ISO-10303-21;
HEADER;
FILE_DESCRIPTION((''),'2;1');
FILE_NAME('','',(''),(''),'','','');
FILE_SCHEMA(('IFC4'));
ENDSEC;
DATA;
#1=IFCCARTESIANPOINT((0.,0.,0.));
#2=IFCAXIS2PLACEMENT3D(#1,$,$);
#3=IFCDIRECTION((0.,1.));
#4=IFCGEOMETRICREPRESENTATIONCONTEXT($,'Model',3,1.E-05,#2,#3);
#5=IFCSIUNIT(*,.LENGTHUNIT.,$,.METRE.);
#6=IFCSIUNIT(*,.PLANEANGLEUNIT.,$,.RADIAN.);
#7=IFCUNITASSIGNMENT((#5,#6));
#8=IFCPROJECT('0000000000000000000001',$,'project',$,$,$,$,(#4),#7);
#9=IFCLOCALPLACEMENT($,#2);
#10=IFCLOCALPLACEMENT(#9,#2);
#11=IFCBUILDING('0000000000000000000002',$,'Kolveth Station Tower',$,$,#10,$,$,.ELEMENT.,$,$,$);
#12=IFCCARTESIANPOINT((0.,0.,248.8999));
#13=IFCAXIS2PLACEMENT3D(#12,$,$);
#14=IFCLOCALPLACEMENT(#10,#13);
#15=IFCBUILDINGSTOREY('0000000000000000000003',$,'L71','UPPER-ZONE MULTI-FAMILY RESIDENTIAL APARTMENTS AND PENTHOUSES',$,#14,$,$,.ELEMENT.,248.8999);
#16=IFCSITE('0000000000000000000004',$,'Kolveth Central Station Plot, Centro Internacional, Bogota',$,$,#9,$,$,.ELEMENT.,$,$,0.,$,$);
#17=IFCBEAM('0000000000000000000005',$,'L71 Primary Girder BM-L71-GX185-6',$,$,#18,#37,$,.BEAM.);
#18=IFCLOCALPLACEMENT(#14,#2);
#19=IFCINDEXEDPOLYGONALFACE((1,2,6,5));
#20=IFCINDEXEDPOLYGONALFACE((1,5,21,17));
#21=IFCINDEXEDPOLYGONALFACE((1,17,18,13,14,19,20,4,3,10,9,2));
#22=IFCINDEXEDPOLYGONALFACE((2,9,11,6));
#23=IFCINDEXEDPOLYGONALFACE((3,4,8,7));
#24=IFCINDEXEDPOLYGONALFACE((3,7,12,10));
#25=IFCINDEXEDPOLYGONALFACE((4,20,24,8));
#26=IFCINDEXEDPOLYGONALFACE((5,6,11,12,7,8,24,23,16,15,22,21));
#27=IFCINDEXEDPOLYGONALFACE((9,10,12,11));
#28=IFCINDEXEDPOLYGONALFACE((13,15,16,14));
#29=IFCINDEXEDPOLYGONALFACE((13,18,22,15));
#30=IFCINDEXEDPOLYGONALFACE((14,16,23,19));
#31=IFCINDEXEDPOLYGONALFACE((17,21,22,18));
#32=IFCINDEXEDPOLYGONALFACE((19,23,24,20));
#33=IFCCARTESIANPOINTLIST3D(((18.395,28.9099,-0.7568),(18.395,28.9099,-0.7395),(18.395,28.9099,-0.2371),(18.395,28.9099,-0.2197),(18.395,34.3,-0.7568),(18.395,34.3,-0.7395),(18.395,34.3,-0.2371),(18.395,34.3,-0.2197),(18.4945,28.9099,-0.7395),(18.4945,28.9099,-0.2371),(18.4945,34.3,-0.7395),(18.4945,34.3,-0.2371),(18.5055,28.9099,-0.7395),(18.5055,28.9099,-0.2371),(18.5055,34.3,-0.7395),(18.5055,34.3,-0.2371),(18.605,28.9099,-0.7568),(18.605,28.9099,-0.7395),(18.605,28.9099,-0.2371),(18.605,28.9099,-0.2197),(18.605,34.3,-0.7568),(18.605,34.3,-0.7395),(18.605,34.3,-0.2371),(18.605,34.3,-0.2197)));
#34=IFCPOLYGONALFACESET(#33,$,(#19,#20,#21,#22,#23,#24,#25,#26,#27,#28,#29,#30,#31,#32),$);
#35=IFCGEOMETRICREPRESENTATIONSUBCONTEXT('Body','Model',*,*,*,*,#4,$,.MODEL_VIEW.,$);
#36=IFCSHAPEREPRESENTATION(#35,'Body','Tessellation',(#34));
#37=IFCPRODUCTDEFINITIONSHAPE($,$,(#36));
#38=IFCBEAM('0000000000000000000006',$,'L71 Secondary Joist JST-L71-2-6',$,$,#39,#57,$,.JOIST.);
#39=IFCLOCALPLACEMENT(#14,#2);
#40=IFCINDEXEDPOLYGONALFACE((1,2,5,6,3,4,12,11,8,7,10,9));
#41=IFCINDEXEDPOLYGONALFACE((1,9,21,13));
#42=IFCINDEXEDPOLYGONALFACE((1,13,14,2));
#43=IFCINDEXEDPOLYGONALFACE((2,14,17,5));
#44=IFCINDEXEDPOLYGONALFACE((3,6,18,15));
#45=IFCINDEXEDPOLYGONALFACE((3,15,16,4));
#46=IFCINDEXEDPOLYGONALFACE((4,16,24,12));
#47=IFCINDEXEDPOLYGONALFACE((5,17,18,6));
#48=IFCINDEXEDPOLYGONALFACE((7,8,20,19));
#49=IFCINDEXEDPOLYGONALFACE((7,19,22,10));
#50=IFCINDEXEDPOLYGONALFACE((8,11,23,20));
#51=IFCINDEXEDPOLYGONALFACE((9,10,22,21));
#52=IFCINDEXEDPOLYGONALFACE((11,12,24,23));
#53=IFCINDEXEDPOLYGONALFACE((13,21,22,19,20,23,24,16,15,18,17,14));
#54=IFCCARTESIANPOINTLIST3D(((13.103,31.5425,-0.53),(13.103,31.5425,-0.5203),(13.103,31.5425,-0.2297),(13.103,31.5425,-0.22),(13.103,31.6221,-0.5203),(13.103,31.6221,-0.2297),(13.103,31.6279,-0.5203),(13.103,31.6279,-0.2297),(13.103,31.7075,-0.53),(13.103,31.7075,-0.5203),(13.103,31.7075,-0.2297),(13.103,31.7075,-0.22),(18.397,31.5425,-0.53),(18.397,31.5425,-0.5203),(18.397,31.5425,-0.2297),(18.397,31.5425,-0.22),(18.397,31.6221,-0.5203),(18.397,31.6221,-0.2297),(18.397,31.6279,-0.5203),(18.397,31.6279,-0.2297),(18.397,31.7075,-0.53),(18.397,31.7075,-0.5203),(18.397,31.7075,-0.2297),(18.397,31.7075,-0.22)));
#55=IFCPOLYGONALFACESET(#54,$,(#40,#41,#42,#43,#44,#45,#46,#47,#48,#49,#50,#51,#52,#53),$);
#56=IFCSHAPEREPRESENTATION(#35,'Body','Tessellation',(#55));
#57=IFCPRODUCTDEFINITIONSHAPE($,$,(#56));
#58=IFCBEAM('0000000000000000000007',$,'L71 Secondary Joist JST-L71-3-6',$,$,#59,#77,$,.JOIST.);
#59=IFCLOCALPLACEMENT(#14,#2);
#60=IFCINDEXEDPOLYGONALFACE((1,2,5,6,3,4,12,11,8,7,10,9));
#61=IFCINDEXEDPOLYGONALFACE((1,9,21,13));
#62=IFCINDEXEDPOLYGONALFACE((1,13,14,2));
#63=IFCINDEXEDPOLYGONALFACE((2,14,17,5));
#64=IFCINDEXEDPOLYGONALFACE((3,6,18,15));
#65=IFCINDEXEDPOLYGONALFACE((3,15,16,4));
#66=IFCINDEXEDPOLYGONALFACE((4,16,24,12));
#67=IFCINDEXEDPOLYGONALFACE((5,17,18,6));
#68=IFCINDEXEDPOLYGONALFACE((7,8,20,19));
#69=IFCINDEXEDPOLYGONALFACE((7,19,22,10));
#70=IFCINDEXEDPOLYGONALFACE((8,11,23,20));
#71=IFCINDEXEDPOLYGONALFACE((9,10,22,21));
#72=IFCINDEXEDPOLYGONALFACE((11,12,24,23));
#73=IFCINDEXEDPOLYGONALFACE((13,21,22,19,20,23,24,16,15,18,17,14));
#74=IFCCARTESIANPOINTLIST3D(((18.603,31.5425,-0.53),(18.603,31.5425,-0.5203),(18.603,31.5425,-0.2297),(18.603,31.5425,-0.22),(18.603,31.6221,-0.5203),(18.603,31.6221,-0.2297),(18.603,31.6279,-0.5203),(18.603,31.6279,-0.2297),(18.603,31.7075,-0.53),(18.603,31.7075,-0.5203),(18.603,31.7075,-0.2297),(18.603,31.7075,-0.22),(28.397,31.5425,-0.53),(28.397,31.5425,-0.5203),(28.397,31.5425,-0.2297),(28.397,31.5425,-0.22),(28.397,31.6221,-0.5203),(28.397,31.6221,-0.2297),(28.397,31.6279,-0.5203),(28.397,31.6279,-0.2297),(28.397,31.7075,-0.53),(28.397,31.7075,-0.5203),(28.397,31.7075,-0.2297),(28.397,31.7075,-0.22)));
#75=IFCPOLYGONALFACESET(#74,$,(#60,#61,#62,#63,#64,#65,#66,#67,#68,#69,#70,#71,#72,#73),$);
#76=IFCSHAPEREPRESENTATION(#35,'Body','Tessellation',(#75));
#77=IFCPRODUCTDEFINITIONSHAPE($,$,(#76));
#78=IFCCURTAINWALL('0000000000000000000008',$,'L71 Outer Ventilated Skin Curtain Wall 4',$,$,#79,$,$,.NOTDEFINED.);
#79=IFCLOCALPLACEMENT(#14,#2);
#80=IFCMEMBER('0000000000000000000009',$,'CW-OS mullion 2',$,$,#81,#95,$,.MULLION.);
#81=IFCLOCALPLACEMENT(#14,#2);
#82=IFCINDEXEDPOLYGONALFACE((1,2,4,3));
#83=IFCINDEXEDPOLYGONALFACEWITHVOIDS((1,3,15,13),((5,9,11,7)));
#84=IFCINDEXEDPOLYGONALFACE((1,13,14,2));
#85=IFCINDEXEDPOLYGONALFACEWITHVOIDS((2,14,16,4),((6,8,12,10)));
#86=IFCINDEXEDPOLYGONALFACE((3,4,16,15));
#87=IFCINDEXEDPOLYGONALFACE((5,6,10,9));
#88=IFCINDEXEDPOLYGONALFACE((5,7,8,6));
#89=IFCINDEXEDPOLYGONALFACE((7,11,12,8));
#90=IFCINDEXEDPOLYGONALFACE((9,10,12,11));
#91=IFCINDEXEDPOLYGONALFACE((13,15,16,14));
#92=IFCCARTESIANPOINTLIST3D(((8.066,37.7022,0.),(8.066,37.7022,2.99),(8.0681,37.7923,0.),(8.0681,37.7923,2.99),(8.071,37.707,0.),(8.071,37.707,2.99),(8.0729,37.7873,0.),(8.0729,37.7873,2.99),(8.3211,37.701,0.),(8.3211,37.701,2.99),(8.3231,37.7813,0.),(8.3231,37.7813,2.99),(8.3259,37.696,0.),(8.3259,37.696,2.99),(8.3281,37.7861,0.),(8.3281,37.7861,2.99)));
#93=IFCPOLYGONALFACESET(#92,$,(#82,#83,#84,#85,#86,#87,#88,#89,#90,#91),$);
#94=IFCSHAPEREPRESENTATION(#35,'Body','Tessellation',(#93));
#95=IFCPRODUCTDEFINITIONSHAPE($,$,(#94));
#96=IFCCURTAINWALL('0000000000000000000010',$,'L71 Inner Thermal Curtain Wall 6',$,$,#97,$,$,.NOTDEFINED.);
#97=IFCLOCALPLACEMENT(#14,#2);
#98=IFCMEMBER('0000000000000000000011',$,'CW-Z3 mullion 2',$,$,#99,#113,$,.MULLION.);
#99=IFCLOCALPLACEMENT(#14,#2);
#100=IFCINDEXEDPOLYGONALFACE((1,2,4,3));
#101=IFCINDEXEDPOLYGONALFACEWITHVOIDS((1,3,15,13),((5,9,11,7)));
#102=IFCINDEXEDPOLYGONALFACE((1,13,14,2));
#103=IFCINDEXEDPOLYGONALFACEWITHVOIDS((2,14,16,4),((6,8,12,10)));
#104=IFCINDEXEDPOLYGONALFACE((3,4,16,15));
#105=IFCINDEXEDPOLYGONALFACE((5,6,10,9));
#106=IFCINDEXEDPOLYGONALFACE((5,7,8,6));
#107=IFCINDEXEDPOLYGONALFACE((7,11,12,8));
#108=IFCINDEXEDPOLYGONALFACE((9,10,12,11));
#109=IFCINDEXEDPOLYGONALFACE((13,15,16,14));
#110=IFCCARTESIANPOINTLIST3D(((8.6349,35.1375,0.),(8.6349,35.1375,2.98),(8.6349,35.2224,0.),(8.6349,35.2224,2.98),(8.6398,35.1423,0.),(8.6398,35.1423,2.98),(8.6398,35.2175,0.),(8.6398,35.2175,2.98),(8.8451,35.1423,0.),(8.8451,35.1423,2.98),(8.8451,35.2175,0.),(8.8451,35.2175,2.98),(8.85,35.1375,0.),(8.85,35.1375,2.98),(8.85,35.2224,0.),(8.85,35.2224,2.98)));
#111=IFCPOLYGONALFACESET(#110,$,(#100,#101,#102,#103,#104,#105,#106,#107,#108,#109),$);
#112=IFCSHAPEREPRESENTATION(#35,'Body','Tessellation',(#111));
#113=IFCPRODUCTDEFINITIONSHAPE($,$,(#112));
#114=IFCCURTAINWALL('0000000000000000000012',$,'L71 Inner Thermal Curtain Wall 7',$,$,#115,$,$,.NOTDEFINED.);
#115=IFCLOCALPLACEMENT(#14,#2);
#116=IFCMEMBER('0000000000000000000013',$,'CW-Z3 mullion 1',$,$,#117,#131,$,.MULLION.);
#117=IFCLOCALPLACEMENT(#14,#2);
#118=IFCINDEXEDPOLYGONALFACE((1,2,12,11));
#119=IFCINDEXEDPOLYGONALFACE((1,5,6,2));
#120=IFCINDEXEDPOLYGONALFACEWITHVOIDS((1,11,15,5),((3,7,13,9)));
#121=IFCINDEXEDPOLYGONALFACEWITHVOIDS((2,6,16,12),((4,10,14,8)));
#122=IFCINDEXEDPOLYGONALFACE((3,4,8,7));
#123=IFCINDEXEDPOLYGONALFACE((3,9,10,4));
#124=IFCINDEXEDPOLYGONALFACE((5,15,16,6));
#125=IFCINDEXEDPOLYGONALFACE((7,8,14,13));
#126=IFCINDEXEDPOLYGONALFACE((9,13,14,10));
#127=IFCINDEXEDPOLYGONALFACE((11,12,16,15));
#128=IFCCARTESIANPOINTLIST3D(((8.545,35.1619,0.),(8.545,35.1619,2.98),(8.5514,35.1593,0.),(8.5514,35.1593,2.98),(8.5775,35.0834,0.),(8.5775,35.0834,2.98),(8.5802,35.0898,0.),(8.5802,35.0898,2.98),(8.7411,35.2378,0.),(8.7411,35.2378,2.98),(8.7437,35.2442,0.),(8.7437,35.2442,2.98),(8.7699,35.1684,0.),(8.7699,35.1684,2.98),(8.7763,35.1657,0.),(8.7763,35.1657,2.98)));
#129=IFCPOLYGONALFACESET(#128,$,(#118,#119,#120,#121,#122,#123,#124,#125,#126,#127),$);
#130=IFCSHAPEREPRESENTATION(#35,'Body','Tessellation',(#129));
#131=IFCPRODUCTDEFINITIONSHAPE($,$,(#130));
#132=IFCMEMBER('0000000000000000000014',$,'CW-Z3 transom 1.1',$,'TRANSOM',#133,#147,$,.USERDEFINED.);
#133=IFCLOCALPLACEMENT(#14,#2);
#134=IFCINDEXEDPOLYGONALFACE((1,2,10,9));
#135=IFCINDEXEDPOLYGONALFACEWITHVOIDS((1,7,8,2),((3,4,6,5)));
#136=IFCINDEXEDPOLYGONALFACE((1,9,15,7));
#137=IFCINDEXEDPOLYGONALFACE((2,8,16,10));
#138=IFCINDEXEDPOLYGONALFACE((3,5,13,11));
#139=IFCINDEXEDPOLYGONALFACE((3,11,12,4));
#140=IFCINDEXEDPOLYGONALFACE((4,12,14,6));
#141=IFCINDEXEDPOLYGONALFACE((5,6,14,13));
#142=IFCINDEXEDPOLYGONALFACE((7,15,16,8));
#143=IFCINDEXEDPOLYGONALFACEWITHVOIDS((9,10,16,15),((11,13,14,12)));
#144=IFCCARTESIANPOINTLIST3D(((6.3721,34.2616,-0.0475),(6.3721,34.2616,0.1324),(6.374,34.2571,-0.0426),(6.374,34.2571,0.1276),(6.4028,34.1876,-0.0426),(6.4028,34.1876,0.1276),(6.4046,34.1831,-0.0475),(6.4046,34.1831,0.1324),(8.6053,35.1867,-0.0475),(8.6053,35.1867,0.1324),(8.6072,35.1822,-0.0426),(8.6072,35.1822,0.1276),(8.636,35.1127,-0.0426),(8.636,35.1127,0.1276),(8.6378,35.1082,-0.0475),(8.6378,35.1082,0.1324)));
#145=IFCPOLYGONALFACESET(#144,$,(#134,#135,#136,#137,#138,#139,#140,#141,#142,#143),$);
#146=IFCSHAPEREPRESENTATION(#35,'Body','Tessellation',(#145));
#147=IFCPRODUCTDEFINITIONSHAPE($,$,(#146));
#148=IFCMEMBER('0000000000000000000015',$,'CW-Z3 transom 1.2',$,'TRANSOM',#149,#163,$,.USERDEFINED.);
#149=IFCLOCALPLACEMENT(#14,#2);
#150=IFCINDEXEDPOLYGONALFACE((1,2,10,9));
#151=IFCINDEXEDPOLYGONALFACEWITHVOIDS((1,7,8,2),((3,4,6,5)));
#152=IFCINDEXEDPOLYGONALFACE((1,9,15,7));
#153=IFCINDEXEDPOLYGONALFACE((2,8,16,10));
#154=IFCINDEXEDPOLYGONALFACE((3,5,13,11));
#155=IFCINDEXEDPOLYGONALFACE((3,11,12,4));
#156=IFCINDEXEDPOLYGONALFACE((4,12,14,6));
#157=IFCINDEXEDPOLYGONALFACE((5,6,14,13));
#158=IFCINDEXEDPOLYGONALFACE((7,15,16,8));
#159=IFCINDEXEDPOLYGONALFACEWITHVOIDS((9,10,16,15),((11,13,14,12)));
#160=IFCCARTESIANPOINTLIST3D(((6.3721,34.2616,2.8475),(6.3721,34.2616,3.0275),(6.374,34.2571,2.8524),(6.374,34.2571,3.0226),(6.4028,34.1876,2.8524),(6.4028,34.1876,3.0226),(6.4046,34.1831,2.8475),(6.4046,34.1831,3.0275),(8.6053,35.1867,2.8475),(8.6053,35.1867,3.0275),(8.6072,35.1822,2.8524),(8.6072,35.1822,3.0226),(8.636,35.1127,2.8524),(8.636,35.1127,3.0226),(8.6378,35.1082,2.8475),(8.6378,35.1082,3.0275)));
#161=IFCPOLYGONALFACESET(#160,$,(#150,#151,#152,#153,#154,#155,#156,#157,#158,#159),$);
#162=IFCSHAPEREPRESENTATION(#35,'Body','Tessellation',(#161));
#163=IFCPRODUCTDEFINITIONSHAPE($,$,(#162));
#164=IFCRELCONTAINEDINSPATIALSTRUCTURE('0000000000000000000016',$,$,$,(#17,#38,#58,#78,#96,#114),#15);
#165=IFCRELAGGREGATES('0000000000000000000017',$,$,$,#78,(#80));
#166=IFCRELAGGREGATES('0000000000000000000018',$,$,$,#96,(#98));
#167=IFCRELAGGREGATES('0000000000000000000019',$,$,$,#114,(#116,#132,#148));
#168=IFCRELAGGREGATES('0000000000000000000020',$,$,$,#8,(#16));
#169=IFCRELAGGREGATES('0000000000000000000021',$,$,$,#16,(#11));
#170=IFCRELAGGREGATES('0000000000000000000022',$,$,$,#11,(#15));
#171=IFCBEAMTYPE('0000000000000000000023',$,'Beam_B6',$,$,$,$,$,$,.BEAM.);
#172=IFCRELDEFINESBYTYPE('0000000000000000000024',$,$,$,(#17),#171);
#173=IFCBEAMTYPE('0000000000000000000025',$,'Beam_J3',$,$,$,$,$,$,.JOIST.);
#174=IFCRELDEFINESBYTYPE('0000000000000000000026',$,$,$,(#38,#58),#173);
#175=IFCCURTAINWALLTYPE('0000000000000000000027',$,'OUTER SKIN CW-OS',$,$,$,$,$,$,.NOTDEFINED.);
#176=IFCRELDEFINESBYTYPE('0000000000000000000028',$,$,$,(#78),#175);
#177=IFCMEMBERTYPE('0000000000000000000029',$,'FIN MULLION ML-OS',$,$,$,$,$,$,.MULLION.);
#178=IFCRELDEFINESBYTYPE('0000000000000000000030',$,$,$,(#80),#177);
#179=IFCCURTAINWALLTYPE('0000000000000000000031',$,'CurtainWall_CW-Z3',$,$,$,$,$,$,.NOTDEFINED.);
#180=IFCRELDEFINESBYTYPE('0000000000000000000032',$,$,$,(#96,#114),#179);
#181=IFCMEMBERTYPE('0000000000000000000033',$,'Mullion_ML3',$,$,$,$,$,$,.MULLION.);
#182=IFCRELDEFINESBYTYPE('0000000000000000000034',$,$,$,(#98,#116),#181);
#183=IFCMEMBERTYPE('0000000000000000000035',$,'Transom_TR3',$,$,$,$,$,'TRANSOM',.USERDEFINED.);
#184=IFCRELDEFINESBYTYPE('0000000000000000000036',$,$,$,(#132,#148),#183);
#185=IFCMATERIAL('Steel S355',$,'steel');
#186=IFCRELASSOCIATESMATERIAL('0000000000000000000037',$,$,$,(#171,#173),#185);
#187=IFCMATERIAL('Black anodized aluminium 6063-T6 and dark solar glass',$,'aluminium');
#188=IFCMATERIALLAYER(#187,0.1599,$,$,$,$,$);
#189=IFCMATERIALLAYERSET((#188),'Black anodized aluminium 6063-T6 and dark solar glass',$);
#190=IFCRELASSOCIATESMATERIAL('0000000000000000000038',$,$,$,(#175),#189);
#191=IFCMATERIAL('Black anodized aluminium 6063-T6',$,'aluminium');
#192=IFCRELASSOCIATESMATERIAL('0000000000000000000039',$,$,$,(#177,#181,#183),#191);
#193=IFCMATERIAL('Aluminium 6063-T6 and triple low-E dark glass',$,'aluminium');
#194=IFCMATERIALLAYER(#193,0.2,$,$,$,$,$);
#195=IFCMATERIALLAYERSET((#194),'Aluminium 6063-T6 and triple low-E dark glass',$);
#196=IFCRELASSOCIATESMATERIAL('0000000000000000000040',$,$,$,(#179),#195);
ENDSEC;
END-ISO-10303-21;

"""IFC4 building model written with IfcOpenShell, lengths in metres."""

from ifc_helpers import new_model, si_unit, direction, frame, origin, origin_2d, place, context, subcontext, project, spatial, hollow_rectangle, i_section, extrude, source, transform, mapped, material, layer, layer_set, material_profile, profile_set, type_object, element, aggregate, save


model = new_model("IFC4")

# Units and contexts
model_context = context("Model", 3, precision=1e-05, world=origin(), true_north=direction((0.0, 1.0)))
body_context = subcontext(model_context, "Body", "Model", "MODEL_VIEW")
ifc_project = project(units=[si_unit("LENGTHUNIT", "METRE"), si_unit("PLANEANGLEUNIT", "RADIAN")], contexts=[model_context])

# Site, building, storey
site_placement = place(None, origin())
site = spatial("IfcSite", under=ifc_project, at=site_placement, Name="Kolveth Central Station Plot, Centro Internacional, Bogota", CompositionType="ELEMENT", RefElevation=0.0)
building_placement = place(site_placement, origin())
building = spatial("IfcBuilding", under=site, at=building_placement, Name="Kolveth Station Tower", CompositionType="ELEMENT")
storey_placement = place(building_placement, frame((0.0, 0.0, 248.8999)))
storey = spatial("IfcBuildingStorey", under=building, at=storey_placement, Name="L71", Description="UPPER-ZONE MULTI-FAMILY RESIDENTIAL APARTMENTS AND PENTHOUSES", CompositionType="ELEMENT", Elevation=248.8999)

# Shared definitions
ifc_material_1 = material(Name="Steel S355", Category="steel")

# Beams
ifc_material_profile_1 = material_profile(ifc_material_1, i_section(OverallWidth=0.21, OverallDepth=0.5371, WebThickness=0.011, FlangeThickness=0.0173, at=origin_2d()), Name="W530x101")
ifc_profile_set_1 = profile_set([ifc_material_profile_1], Name="Steel S355")
beam_type_1 = type_object("IfcBeamType", Name="Beam_B6", PredefinedType="BEAM", material=ifc_profile_set_1)
shared_shape_1 = source(origin(), body_context, "Body", "SweptSolid", [
    extrude(i_section(OverallWidth=0.21, OverallDepth=0.5371, WebThickness=0.011, FlangeThickness=0.0173, at=origin_2d()), origin(), (0.0, 0.0, 1.0), 5.3901),
])
beam_1_placement = place(storey_placement, frame((18.5, 28.9099, -0.4883), z_axis=(0.0, 1.0, 0.0), x_axis=(-1.0, 0.0, 0.0)))
element("IfcBeam", 1, at=beam_1_placement, inside=storey, type_object=beam_type_1, Name="L71 Primary Girder BM-L71-GX185-6", PredefinedType="BEAM", context=body_context, shape_type="MappedRepresentation", body=[
    mapped(shared_shape_1, transform((0.0, 0.0, 0.0), x_axis=(1.0, 0.0, 0.0), y_axis=(0.0, 1.0, 0.0), z_axis=(0.0, 0.0, 1.0), scale=1.0)),
])
ifc_material_profile_2 = material_profile(ifc_material_1, i_section(OverallWidth=0.165, OverallDepth=0.3101, WebThickness=0.0059, FlangeThickness=0.0098, at=origin_2d()), Name="W310x39")
ifc_profile_set_2 = profile_set([ifc_material_profile_2], Name="Steel S355")
beam_type_2 = type_object("IfcBeamType", Name="Beam_J3", PredefinedType="JOIST", material=ifc_profile_set_2)
shared_shape_2 = source(origin(), body_context, "Body", "SweptSolid", [
    extrude(i_section(OverallWidth=0.165, OverallDepth=0.3101, WebThickness=0.0059, FlangeThickness=0.0098, at=origin_2d()), origin(), (0.0, 0.0, 1.0), 5.2939),
])
beam_2_placement = place(storey_placement, frame((13.103, 31.625, -0.375), z_axis=(1.0, 0.0, 0.0), x_axis=(0.0, 1.0, 0.0)))
element("IfcBeam", 2, at=beam_2_placement, inside=storey, type_object=beam_type_2, Name="L71 Secondary Joist JST-L71-2-6", PredefinedType="JOIST", context=body_context, shape_type="MappedRepresentation", body=[
    mapped(shared_shape_2, transform((0.0, 0.0, 0.0), x_axis=(1.0, 0.0, 0.0), y_axis=(0.0, 1.0, 0.0), z_axis=(0.0, 0.0, 1.0), scale=1.0)),
])
shared_shape_3 = source(origin(), body_context, "Body", "SweptSolid", [
    extrude(i_section(OverallWidth=0.165, OverallDepth=0.3101, WebThickness=0.0059, FlangeThickness=0.0098, at=origin_2d()), origin(), (0.0, 0.0, 1.0), 9.7939),
])
beam_3_placement = place(storey_placement, frame((18.603, 31.625, -0.375), z_axis=(1.0, 0.0, 0.0), x_axis=(0.0, 1.0, 0.0)))
element("IfcBeam", 3, at=beam_3_placement, inside=storey, type_object=beam_type_2, Name="L71 Secondary Joist JST-L71-3-6", PredefinedType="JOIST", context=body_context, shape_type="MappedRepresentation", body=[
    mapped(shared_shape_3, transform((0.0, 0.0, 0.0), x_axis=(1.0, 0.0, 0.0), y_axis=(0.0, 1.0, 0.0), z_axis=(0.0, 0.0, 1.0), scale=1.0)),
])

# Curtain walls, members
ifc_material_2 = material(Name="Black anodized aluminium 6063-T6 and dark solar glass", Category="aluminium")
ifc_layer_1 = layer(ifc_material_2, 0.1599)
ifc_layer_set_1 = layer_set([ifc_layer_1], Name="Black anodized aluminium 6063-T6 and dark solar glass")
curtain_wall_type_1 = type_object("IfcCurtainWallType", Name="OUTER SKIN CW-OS", PredefinedType="NOTDEFINED", material=ifc_layer_set_1)
curtain_wall_1_placement = place(storey_placement, origin())
curtain_wall_1 = element("IfcCurtainWall", 4, at=curtain_wall_1_placement, inside=storey, type_object=curtain_wall_type_1, Name="L71 Outer Ventilated Skin Curtain Wall 4", PredefinedType="NOTDEFINED")
ifc_material_3 = material(Name="Black anodized aluminium 6063-T6", Category="aluminium")
ifc_material_profile_3 = material_profile(ifc_material_3, hollow_rectangle(XDim=0.0901, YDim=0.26, WallThickness=0.0049, at=origin_2d()), Name="ALU-90x260x5")
ifc_profile_set_3 = profile_set([ifc_material_profile_3], Name="Black anodized aluminium 6063-T6")
member_type_1 = type_object("IfcMemberType", Name="FIN MULLION ML-OS", PredefinedType="MULLION", material=ifc_profile_set_3)
shared_shape_4 = source(origin(), body_context, "Body", "SweptSolid", [
    extrude(hollow_rectangle(XDim=0.0901, YDim=0.26, WallThickness=0.0049, at=origin_2d()), origin(), (0.0, 0.0, 1.0), 2.99),
])
member_1_placement = place(storey_placement, frame((8.197, 37.7441, 0.0), z_axis=(0.0, 0.0, 1.0), x_axis=(-0.023864, -0.999715, 0.0)))
member_1 = element("IfcMember", 5, at=member_1_placement, type_object=member_type_1, Name="CW-OS mullion 2", PredefinedType="MULLION", context=body_context, shape_type="MappedRepresentation", body=[
    mapped(shared_shape_4, transform((0.0, 0.0, 0.0), x_axis=(1.0, 0.0, 0.0), y_axis=(0.0, 1.0, 0.0), z_axis=(0.0, 0.0, 1.0), scale=1.0)),
])
aggregate(curtain_wall_1, [member_1])
ifc_material_4 = material(Name="Aluminium 6063-T6 and triple low-E dark glass", Category="aluminium")
ifc_layer_2 = layer(ifc_material_4, 0.2)
ifc_layer_set_2 = layer_set([ifc_layer_2], Name="Aluminium 6063-T6 and triple low-E dark glass")
curtain_wall_type_2 = type_object("IfcCurtainWallType", Name="CurtainWall_CW-Z3", PredefinedType="NOTDEFINED", material=ifc_layer_set_2)
curtain_wall_2_placement = place(storey_placement, origin())
curtain_wall_2 = element("IfcCurtainWall", 6, at=curtain_wall_2_placement, inside=storey, type_object=curtain_wall_type_2, Name="L71 Inner Thermal Curtain Wall 6", PredefinedType="NOTDEFINED")
ifc_material_profile_4 = material_profile(ifc_material_3, hollow_rectangle(XDim=0.085, YDim=0.2151, WallThickness=0.0049, at=origin_2d()), Name="ALU-85x215x5")
ifc_profile_set_4 = profile_set([ifc_material_profile_4], Name="Black anodized aluminium 6063-T6")
member_type_2 = type_object("IfcMemberType", Name="Mullion_ML3", PredefinedType="MULLION", material=ifc_profile_set_4)
shared_shape_5 = source(origin(), body_context, "Body", "SweptSolid", [
    extrude(hollow_rectangle(XDim=0.085, YDim=0.2151, WallThickness=0.0049, at=origin_2d()), origin(), (0.0, 0.0, 1.0), 2.98),
])
member_2_placement = place(storey_placement, frame((8.7424, 35.1799, 0.0), z_axis=(0.0, 0.0, 1.0), x_axis=(0.0, -1.0, 0.0)))
member_2 = element("IfcMember", 7, at=member_2_placement, type_object=member_type_2, Name="CW-Z3 mullion 2", PredefinedType="MULLION", context=body_context, shape_type="MappedRepresentation", body=[
    mapped(shared_shape_5, transform((0.0, 0.0, 0.0), x_axis=(1.0, 0.0, 0.0), y_axis=(0.0, 1.0, 0.0), z_axis=(0.0, 0.0, 1.0), scale=1.0)),
])
aggregate(curtain_wall_2, [member_2])

# Curtain wall, members
curtain_wall_3_placement = place(storey_placement, origin())
curtain_wall_3 = element("IfcCurtainWall", 8, at=curtain_wall_3_placement, inside=storey, type_object=curtain_wall_type_2, Name="L71 Inner Thermal Curtain Wall 7", PredefinedType="NOTDEFINED")
member_3_placement = place(storey_placement, frame((8.6606, 35.1638, 0.0), z_axis=(0.0, 0.0, 1.0), x_axis=(0.382693, -0.923875, 0.0)))
member_3 = element("IfcMember", 9, at=member_3_placement, type_object=member_type_2, Name="CW-Z3 mullion 1", PredefinedType="MULLION", context=body_context, shape_type="MappedRepresentation", body=[
    mapped(shared_shape_5, transform((0.0, 0.0, 0.0), x_axis=(1.0, 0.0, 0.0), y_axis=(0.0, 1.0, 0.0), z_axis=(0.0, 0.0, 1.0), scale=1.0)),
])
ifc_material_profile_5 = material_profile(ifc_material_3, hollow_rectangle(XDim=0.085, YDim=0.1799, WallThickness=0.0049, at=origin_2d()), Name="ALU-85x180x5")
ifc_profile_set_5 = profile_set([ifc_material_profile_5], Name="Black anodized aluminium 6063-T6")
member_type_3 = type_object("IfcMemberType", Name="Transom_TR3", ElementType="TRANSOM", PredefinedType="USERDEFINED", material=ifc_profile_set_5)
shared_shape_6 = source(origin(), body_context, "Body", "SweptSolid", [
    extrude(hollow_rectangle(XDim=0.085, YDim=0.1799, WallThickness=0.0049, at=origin_2d()), origin(), (0.0, 0.0, 1.0), 2.4172),
])
member_4_placement = place(storey_placement, frame((8.6216, 35.1475, 0.0425), z_axis=(-0.923873, -0.3827, 0.0), x_axis=(0.3827, -0.923873, 0.0)))
member_4 = element("IfcMember", 10, at=member_4_placement, type_object=member_type_3, Name="CW-Z3 transom 1.1", ObjectType="TRANSOM", PredefinedType="USERDEFINED", context=body_context, shape_type="MappedRepresentation", body=[
    mapped(shared_shape_6, transform((0.0, 0.0, 0.0), x_axis=(1.0, 0.0, 0.0), y_axis=(0.0, 1.0, 0.0), z_axis=(0.0, 0.0, 1.0), scale=1.0)),
])
member_5_placement = place(storey_placement, frame((8.6216, 35.1475, 2.9375), z_axis=(-0.923873, -0.3827, 0.0), x_axis=(0.3827, -0.923873, 0.0)))
member_5 = element("IfcMember", 11, at=member_5_placement, type_object=member_type_3, Name="CW-Z3 transom 1.2", ObjectType="TRANSOM", PredefinedType="USERDEFINED", context=body_context, shape_type="MappedRepresentation", body=[
    mapped(shared_shape_6, transform((0.0, 0.0, 0.0), x_axis=(1.0, 0.0, 0.0), y_axis=(0.0, 1.0, 0.0), z_axis=(0.0, 0.0, 1.0), scale=1.0)),
])
aggregate(curtain_wall_3, [member_3, member_4, member_5])

save(model, "model.ifc")
